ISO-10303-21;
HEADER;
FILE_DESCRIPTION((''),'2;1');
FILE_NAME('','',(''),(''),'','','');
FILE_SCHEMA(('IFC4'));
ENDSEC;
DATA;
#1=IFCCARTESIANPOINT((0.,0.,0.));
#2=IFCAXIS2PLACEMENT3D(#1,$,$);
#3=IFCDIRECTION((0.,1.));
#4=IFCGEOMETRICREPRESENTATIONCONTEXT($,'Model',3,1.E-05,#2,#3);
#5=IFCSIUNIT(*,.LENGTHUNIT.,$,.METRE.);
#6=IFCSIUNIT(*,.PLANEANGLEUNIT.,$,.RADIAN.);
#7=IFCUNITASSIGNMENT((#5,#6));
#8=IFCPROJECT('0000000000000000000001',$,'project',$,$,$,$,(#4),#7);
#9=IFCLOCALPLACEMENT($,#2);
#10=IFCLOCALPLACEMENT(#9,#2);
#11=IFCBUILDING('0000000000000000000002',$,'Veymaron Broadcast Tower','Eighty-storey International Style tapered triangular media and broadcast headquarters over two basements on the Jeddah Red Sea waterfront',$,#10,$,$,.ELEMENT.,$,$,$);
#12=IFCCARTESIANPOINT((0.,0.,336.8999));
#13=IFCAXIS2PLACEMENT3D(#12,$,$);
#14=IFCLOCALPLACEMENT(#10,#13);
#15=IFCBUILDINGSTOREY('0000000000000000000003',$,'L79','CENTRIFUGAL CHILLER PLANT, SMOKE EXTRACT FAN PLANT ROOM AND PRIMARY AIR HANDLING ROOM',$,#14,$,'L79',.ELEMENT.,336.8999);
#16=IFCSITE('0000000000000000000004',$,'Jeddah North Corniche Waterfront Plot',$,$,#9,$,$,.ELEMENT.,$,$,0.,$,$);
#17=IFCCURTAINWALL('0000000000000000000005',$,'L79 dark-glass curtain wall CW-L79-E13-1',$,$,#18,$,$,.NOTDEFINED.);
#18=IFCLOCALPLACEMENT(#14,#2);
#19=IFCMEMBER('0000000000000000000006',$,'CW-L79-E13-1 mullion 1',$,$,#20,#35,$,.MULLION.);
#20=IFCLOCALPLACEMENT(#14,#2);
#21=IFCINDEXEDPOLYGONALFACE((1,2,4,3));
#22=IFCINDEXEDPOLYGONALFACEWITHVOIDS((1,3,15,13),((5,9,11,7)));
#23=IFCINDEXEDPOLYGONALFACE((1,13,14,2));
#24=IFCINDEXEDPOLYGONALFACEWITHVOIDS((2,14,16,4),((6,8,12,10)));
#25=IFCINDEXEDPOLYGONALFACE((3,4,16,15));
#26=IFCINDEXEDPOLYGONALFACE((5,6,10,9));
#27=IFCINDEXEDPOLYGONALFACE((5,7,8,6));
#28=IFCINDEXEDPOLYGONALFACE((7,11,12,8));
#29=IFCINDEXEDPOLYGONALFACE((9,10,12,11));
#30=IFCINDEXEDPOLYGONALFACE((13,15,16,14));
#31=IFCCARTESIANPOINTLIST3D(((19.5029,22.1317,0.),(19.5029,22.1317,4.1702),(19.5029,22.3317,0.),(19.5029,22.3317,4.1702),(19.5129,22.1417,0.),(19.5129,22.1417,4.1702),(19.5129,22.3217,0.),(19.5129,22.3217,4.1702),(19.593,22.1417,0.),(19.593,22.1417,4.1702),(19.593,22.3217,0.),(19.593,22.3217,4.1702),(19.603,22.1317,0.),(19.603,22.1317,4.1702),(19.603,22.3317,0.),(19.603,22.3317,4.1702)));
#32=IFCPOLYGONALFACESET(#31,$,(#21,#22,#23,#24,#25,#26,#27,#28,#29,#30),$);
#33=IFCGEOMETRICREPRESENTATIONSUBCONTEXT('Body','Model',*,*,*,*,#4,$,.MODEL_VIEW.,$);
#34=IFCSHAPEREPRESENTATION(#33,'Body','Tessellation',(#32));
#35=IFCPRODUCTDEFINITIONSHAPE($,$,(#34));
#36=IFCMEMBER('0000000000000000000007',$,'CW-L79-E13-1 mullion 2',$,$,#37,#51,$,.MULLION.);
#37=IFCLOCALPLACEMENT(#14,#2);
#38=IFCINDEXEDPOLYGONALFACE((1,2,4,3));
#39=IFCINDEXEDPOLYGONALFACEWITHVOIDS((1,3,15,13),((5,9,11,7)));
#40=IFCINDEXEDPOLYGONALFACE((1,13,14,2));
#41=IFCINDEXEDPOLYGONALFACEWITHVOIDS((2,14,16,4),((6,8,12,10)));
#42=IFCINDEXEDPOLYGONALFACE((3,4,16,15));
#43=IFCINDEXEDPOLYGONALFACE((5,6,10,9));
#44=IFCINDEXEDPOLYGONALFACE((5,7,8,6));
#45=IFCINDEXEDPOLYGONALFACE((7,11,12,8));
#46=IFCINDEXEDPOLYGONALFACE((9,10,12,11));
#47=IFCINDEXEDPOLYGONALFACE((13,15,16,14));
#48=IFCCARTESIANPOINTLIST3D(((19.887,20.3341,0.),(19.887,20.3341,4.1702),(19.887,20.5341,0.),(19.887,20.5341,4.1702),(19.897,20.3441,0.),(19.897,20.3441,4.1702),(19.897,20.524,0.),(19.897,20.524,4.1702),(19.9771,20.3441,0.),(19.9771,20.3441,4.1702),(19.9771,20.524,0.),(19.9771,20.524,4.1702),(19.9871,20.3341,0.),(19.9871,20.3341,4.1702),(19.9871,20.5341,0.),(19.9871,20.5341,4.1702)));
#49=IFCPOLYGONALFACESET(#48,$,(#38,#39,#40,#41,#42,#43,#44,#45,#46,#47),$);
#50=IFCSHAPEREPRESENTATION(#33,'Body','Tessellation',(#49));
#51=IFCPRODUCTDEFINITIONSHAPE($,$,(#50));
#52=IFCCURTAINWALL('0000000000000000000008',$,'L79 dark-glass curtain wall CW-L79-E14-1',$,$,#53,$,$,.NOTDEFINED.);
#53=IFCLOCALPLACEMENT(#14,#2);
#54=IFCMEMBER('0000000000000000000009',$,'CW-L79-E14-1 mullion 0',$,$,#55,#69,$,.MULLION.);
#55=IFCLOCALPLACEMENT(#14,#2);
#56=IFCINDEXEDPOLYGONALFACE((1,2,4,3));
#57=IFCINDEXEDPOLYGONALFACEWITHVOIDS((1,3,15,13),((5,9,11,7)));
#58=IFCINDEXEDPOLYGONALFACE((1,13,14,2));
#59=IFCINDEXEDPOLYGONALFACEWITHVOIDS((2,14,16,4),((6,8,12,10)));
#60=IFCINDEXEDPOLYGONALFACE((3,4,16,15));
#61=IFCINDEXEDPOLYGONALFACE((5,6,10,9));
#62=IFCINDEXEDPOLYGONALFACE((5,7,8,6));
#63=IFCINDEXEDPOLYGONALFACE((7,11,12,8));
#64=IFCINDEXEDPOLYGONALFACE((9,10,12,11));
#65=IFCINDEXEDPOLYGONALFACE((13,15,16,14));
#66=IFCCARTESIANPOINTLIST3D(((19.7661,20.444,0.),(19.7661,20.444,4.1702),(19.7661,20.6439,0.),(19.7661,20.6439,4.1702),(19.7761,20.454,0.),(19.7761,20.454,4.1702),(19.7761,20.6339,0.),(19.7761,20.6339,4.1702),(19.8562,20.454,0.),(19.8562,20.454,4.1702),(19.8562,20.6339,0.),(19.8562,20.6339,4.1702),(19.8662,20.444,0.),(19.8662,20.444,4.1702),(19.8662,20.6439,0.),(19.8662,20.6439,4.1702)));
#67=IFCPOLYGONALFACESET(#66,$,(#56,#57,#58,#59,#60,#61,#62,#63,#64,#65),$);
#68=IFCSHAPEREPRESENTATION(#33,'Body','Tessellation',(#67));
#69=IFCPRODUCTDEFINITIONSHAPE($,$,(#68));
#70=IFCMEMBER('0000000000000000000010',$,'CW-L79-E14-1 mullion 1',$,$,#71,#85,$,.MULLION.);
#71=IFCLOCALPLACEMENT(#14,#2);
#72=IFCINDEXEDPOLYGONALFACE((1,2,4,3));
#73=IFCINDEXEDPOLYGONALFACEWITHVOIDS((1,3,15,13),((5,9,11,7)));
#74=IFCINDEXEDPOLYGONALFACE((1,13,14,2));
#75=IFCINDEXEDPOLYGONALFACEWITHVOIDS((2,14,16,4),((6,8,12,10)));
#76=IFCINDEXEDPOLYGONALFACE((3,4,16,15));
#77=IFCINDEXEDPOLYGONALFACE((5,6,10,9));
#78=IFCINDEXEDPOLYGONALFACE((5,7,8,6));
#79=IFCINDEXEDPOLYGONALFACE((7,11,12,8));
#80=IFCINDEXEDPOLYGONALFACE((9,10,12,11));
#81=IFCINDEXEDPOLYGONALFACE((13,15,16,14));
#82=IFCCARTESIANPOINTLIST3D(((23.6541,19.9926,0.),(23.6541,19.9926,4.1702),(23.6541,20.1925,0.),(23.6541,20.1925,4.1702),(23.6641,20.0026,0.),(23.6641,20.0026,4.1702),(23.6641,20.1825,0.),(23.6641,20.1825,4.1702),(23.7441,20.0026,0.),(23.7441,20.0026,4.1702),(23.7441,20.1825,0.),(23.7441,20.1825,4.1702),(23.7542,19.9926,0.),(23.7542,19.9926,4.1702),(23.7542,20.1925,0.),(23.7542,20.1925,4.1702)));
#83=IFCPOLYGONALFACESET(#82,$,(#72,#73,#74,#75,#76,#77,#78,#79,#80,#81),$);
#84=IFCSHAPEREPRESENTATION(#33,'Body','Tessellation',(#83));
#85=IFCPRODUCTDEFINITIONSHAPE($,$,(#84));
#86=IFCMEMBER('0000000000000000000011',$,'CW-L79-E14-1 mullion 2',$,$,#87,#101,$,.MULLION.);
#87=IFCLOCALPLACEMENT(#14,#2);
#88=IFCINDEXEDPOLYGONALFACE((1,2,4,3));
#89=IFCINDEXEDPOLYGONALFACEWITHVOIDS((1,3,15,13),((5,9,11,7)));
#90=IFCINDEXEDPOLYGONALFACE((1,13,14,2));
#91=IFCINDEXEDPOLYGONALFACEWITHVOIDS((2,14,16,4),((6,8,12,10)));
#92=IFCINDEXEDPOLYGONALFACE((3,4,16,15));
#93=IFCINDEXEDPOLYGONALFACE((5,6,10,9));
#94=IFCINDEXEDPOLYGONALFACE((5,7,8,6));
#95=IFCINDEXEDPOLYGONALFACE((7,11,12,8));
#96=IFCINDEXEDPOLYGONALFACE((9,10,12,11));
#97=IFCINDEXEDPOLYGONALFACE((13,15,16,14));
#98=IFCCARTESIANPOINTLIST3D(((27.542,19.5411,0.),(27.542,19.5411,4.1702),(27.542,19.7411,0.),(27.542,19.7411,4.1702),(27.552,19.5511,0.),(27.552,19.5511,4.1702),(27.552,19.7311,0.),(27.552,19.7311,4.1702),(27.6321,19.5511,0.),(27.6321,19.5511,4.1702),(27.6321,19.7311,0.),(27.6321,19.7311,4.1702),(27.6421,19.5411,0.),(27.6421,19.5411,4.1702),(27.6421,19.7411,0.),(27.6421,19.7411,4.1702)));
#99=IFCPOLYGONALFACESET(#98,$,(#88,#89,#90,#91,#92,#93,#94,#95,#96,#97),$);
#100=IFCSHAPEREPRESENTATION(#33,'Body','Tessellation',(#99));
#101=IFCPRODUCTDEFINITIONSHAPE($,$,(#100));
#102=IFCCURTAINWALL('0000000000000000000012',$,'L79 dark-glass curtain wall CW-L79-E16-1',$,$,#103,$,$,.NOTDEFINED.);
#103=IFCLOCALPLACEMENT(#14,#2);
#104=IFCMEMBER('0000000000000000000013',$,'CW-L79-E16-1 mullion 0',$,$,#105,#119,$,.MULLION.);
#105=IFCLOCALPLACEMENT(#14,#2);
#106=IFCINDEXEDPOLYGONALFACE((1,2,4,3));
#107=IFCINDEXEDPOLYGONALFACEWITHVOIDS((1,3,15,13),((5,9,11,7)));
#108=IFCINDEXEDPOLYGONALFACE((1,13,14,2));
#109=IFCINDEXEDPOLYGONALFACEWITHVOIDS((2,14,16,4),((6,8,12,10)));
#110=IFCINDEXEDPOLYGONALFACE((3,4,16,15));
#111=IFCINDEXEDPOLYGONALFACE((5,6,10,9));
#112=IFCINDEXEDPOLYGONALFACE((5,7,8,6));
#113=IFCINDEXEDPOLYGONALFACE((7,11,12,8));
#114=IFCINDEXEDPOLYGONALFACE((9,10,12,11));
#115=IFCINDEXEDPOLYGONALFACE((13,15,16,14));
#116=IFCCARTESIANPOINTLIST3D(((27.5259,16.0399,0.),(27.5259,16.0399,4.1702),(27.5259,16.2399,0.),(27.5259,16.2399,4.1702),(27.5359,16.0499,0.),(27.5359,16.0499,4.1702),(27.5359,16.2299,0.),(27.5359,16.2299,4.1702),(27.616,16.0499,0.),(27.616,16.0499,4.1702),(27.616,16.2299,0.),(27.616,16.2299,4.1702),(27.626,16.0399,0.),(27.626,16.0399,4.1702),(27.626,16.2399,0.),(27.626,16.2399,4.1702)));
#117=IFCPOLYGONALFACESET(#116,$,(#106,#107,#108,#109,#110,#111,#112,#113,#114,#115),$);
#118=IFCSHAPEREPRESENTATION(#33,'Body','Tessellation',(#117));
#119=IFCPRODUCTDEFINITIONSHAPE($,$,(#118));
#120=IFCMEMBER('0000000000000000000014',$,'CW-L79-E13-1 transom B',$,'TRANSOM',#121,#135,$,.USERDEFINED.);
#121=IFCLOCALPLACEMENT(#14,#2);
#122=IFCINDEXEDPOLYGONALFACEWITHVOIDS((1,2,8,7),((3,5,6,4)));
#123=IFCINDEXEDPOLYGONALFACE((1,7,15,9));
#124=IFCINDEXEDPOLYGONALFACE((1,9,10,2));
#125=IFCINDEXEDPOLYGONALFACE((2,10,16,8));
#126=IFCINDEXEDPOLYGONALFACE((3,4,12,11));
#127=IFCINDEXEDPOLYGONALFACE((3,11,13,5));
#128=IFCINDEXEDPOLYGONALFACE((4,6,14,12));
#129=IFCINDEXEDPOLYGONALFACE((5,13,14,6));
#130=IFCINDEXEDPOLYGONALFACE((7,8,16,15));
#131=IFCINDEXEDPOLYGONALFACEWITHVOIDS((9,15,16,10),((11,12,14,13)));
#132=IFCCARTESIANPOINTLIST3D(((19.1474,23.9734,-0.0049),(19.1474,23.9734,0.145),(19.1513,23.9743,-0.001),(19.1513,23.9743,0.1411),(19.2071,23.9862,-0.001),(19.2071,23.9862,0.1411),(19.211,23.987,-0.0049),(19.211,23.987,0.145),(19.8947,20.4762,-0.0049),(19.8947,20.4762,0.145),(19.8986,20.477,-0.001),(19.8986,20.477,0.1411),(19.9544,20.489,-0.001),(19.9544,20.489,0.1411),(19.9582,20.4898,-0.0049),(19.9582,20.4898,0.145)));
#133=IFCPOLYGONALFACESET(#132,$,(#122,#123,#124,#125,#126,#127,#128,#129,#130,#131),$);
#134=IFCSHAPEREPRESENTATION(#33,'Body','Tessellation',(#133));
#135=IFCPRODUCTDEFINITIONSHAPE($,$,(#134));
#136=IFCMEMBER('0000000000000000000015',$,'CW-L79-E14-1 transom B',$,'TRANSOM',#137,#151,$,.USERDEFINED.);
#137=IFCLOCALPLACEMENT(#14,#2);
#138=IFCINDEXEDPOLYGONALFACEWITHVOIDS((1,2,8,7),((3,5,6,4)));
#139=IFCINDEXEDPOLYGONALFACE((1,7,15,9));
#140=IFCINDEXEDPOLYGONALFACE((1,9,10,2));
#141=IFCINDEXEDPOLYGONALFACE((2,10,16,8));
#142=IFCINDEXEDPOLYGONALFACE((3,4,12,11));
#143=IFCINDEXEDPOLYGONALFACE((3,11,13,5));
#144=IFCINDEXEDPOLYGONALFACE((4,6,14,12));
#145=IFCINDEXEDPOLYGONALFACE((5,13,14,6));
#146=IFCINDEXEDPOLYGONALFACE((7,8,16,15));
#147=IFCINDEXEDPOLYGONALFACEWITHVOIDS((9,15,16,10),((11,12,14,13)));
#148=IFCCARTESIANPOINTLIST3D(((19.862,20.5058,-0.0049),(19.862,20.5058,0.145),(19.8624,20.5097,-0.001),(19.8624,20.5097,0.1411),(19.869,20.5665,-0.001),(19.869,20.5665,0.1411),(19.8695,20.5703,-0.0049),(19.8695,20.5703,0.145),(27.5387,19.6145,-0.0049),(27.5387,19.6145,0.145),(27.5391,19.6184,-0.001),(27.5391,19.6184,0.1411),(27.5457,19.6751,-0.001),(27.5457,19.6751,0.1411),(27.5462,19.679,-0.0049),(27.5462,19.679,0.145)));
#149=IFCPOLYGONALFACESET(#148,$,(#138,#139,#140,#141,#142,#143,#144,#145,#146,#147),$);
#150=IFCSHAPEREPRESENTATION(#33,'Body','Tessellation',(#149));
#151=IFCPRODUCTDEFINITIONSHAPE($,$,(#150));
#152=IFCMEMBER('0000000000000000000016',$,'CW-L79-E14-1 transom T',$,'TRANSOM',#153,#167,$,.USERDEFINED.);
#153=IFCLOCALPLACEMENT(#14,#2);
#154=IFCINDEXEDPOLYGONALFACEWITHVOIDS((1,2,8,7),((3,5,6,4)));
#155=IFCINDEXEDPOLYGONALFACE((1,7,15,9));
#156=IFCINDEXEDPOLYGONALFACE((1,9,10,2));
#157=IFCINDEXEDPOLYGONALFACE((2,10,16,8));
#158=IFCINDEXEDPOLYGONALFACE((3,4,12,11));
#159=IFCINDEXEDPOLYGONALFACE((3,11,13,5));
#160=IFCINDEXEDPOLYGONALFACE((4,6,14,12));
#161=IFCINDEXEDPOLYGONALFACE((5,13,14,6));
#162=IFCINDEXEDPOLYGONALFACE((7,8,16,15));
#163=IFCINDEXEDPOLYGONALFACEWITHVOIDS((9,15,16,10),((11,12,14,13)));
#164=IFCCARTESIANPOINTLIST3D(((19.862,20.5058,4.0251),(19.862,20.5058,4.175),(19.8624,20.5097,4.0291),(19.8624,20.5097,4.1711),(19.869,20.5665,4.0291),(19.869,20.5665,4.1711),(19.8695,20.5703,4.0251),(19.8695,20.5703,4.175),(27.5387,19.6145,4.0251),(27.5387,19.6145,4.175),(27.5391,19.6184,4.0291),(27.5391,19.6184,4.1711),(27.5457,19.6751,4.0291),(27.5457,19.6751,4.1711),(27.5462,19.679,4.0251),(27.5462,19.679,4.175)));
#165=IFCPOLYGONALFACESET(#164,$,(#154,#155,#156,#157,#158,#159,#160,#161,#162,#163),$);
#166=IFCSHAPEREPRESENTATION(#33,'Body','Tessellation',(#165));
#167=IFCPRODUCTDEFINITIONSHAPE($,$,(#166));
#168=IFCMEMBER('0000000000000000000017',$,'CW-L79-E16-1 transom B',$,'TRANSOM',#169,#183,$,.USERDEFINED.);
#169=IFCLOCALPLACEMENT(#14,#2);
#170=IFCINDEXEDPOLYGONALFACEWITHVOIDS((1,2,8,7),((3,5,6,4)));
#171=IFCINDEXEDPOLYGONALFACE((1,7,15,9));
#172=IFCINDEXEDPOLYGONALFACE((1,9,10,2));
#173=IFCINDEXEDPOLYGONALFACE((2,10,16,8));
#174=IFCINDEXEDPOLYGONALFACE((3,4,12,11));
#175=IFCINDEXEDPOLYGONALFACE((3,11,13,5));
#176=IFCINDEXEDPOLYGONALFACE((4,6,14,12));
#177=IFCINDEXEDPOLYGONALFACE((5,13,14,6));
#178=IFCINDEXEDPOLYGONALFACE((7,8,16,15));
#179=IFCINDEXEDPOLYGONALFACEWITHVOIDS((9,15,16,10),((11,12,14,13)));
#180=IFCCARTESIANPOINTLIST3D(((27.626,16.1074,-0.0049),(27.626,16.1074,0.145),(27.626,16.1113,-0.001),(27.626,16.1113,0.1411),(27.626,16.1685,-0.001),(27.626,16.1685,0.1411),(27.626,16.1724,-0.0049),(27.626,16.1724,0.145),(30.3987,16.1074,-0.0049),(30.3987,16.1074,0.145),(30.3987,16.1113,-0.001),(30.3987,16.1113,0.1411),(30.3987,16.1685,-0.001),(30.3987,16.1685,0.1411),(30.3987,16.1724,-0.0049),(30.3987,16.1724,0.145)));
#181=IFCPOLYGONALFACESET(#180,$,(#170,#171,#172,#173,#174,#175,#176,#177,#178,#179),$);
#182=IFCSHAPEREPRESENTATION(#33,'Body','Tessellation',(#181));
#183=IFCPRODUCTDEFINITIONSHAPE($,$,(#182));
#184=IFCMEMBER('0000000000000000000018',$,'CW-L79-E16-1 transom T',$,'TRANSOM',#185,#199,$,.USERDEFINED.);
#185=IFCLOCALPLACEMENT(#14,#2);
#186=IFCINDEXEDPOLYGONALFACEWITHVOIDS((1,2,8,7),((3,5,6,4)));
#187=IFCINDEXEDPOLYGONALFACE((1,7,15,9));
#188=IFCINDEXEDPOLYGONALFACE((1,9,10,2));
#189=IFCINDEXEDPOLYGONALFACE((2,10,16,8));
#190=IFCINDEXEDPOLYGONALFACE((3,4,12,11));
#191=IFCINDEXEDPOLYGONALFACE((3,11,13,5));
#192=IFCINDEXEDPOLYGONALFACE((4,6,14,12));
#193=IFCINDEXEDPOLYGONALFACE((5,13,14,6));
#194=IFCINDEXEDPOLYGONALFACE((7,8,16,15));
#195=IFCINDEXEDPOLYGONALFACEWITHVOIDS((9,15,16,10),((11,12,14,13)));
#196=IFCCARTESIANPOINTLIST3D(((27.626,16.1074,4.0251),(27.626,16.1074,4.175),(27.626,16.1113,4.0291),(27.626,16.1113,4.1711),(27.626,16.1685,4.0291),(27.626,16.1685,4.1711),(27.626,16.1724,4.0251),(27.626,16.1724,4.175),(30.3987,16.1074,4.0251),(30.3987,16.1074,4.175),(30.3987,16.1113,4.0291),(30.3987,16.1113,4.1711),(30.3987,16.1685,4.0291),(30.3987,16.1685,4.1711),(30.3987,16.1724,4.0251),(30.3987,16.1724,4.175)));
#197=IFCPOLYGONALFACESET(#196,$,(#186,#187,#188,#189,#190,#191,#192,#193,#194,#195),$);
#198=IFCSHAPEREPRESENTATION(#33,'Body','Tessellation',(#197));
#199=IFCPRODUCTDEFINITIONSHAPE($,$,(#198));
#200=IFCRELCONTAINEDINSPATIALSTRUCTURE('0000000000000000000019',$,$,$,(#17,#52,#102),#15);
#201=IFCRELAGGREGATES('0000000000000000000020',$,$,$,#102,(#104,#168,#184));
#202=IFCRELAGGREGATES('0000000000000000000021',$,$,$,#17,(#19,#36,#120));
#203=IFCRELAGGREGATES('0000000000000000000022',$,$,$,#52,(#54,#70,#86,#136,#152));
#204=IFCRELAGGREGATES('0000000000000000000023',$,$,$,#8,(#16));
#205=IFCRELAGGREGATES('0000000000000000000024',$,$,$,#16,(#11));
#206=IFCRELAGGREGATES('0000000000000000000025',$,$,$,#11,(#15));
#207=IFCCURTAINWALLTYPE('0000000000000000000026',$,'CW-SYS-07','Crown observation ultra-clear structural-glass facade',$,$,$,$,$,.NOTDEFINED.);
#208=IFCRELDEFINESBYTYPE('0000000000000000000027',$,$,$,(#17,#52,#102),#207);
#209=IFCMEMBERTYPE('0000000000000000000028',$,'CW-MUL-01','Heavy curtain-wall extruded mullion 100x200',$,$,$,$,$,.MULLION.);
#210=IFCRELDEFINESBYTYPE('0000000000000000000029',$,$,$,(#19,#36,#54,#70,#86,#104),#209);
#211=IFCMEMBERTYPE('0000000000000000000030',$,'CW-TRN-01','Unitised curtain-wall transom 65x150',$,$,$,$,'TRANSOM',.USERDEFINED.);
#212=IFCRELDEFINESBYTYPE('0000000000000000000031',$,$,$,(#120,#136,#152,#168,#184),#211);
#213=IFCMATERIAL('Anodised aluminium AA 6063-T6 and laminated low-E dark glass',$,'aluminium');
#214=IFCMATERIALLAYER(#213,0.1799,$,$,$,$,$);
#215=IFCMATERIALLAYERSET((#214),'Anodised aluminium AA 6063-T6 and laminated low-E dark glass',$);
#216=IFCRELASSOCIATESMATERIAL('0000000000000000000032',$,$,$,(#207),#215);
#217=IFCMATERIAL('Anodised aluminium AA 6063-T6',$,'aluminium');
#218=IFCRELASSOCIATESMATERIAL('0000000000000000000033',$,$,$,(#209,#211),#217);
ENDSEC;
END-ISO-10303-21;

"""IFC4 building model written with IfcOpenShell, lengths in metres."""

from ifc_helpers import new_model, si_unit, direction, frame, origin, origin_2d, place, context, subcontext, project, spatial, hollow_rectangle, extrude, material, layer, layer_set, material_profile, profile_set, type_object, element, aggregate, save


model = new_model("IFC4")

# Units and contexts
model_context = context("Model", 3, precision=1e-05, world=origin(), true_north=direction((0.0, 1.0)))
body_context = subcontext(model_context, "Body", "Model", "MODEL_VIEW")
ifc_project = project(units=[si_unit("LENGTHUNIT", "METRE"), si_unit("PLANEANGLEUNIT", "RADIAN")], contexts=[model_context])

# Site, building, storey
site_placement = place(None, origin())
site = spatial("IfcSite", under=ifc_project, at=site_placement, Name="Jeddah North Corniche Waterfront Plot", CompositionType="ELEMENT", RefElevation=0.0)
building_placement = place(site_placement, origin())
building = spatial("IfcBuilding", under=site, at=building_placement, Name="Veymaron Broadcast Tower", Description="Eighty-storey International Style tapered triangular media and broadcast headquarters over two basements on the Jeddah Red Sea waterfront", CompositionType="ELEMENT")
storey_placement = place(building_placement, frame((0.0, 0.0, 336.8999)))
storey = spatial("IfcBuildingStorey", under=building, at=storey_placement, Name="L79", Description="CENTRIFUGAL CHILLER PLANT, SMOKE EXTRACT FAN PLANT ROOM AND PRIMARY AIR HANDLING ROOM", LongName="L79", CompositionType="ELEMENT", Elevation=336.8999)

# Shared definitions
ifc_material_1 = material(Name="Anodised aluminium AA 6063-T6 and laminated low-E dark glass", Category="aluminium")
ifc_layer_1 = layer(ifc_material_1, 0.1799)
ifc_layer_set_1 = layer_set([ifc_layer_1], Name="Anodised aluminium AA 6063-T6 and laminated low-E dark glass")
curtain_wall_type = type_object("IfcCurtainWallType", Name="CW-SYS-07", Description="Crown observation ultra-clear structural-glass facade", PredefinedType="NOTDEFINED", material=ifc_layer_set_1)
ifc_material_2 = material(Name="Anodised aluminium AA 6063-T6", Category="aluminium")
ifc_material_profile_1 = material_profile(ifc_material_2, hollow_rectangle(XDim=0.1001, YDim=0.2, WallThickness=0.01, at=origin_2d()), Name="RHS200X100X10")
ifc_profile_set_1 = profile_set([ifc_material_profile_1], Name="Anodised aluminium AA 6063-T6")
member_type_1 = type_object("IfcMemberType", Name="CW-MUL-01", Description="Heavy curtain-wall extruded mullion 100x200", PredefinedType="MULLION", material=ifc_profile_set_1)

# Curtain walls, members
curtain_wall_1_placement = place(storey_placement, origin())
curtain_wall_1 = element("IfcCurtainWall", 1, at=curtain_wall_1_placement, inside=storey, type_object=curtain_wall_type, Name="L79 dark-glass curtain wall CW-L79-E13-1", PredefinedType="NOTDEFINED")
member_1_placement = place(storey_placement, frame((19.553, 22.2317, 0.0), z_axis=(0.0, 0.0, 1.0), x_axis=(1.0, 0.0, 0.0)))
member_1 = element("IfcMember", 2, at=member_1_placement, type_object=member_type_1, Name="CW-L79-E13-1 mullion 1", PredefinedType="MULLION", context=body_context, shape_type="SweptSolid", body=[
    extrude(hollow_rectangle(XDim=0.1001, YDim=0.2, WallThickness=0.01, at=origin_2d()), origin(), (0.0, 0.0, 1.0), 4.1702),
])
member_2_placement = place(storey_placement, frame((19.937, 20.4341, 0.0), z_axis=(0.0, 0.0, 1.0), x_axis=(1.0, 0.0, 0.0)))
member_2 = element("IfcMember", 3, at=member_2_placement, type_object=member_type_1, Name="CW-L79-E13-1 mullion 2", PredefinedType="MULLION", context=body_context, shape_type="SweptSolid", body=[
    extrude(hollow_rectangle(XDim=0.1001, YDim=0.2, WallThickness=0.01, at=origin_2d()), origin(), (0.0, 0.0, 1.0), 4.1702),
])
curtain_wall_2_placement = place(storey_placement, origin())
curtain_wall_2 = element("IfcCurtainWall", 4, at=curtain_wall_2_placement, inside=storey, type_object=curtain_wall_type, Name="L79 dark-glass curtain wall CW-L79-E14-1", PredefinedType="NOTDEFINED")
member_3_placement = place(storey_placement, frame((19.8162, 20.5439, 0.0), z_axis=(0.0, 0.0, 1.0), x_axis=(1.0, 0.0, 0.0)))
member_3 = element("IfcMember", 5, at=member_3_placement, type_object=member_type_1, Name="CW-L79-E14-1 mullion 0", PredefinedType="MULLION", context=body_context, shape_type="SweptSolid", body=[
    extrude(hollow_rectangle(XDim=0.1001, YDim=0.2, WallThickness=0.01, at=origin_2d()), origin(), (0.0, 0.0, 1.0), 4.1702),
])
member_4_placement = place(storey_placement, frame((23.7041, 20.0925, 0.0), z_axis=(0.0, 0.0, 1.0), x_axis=(1.0, 0.0, 0.0)))
member_4 = element("IfcMember", 6, at=member_4_placement, type_object=member_type_1, Name="CW-L79-E14-1 mullion 1", PredefinedType="MULLION", context=body_context, shape_type="SweptSolid", body=[
    extrude(hollow_rectangle(XDim=0.1001, YDim=0.2, WallThickness=0.01, at=origin_2d()), origin(), (0.0, 0.0, 1.0), 4.1702),
])
member_5_placement = place(storey_placement, frame((27.592, 19.6411, 0.0), z_axis=(0.0, 0.0, 1.0), x_axis=(1.0, 0.0, 0.0)))
member_5 = element("IfcMember", 7, at=member_5_placement, type_object=member_type_1, Name="CW-L79-E14-1 mullion 2", PredefinedType="MULLION", context=body_context, shape_type="SweptSolid", body=[
    extrude(hollow_rectangle(XDim=0.1001, YDim=0.2, WallThickness=0.01, at=origin_2d()), origin(), (0.0, 0.0, 1.0), 4.1702),
])

# Curtain wall, member
curtain_wall_3_placement = place(storey_placement, origin())
curtain_wall_3 = element("IfcCurtainWall", 8, at=curtain_wall_3_placement, inside=storey, type_object=curtain_wall_type, Name="L79 dark-glass curtain wall CW-L79-E16-1", PredefinedType="NOTDEFINED")
member_6_placement = place(storey_placement, frame((27.5759, 16.1399, 0.0), z_axis=(0.0, 0.0, 1.0), x_axis=(1.0, 0.0, 0.0)))
member_6 = element("IfcMember", 9, at=member_6_placement, type_object=member_type_1, Name="CW-L79-E16-1 mullion 0", PredefinedType="MULLION", context=body_context, shape_type="SweptSolid", body=[
    extrude(hollow_rectangle(XDim=0.1001, YDim=0.2, WallThickness=0.01, at=origin_2d()), origin(), (0.0, 0.0, 1.0), 4.1702),
])

# Members
ifc_material_profile_2 = material_profile(ifc_material_2, hollow_rectangle(XDim=0.0649, YDim=0.1499, WallThickness=0.0039, at=origin_2d()), Name="AL150X65X4")
ifc_profile_set_2 = profile_set([ifc_material_profile_2], Name="Anodised aluminium AA 6063-T6")
member_type_2 = type_object("IfcMemberType", Name="CW-TRN-01", Description="Unitised curtain-wall transom 65x150", ElementType="TRANSOM", PredefinedType="USERDEFINED", material=ifc_profile_set_2)
member_7_placement = place(storey_placement, frame((19.1792, 23.9802, 0.0701), z_axis=(0.208965, -0.977923, 0.0), x_axis=(0.977923, 0.208965, 0.0)))
member_7 = element("IfcMember", 10, at=member_7_placement, type_object=member_type_2, Name="CW-L79-E13-1 transom B", ObjectType="TRANSOM", PredefinedType="USERDEFINED", context=body_context, shape_type="SweptSolid", body=[
    extrude(hollow_rectangle(XDim=0.0649, YDim=0.1499, WallThickness=0.0039, at=origin_2d()), origin(), (0.0, 0.0, 1.0), 3.5762),
])
member_8_placement = place(storey_placement, frame((19.8657, 20.5381, 0.0701), z_axis=(0.993326, -0.115336, 0.0), x_axis=(0.115336, 0.993326, 0.0)))
member_8 = element("IfcMember", 11, at=member_8_placement, type_object=member_type_2, Name="CW-L79-E14-1 transom B", ObjectType="TRANSOM", PredefinedType="USERDEFINED", context=body_context, shape_type="SweptSolid", body=[
    extrude(hollow_rectangle(XDim=0.0649, YDim=0.1499, WallThickness=0.0039, at=origin_2d()), origin(), (0.0, 0.0, 1.0), 7.7283),
])
member_9_placement = place(storey_placement, frame((19.8657, 20.5381, 4.1001), z_axis=(0.993326, -0.115336, 0.0), x_axis=(0.115336, 0.993326, 0.0)))
member_9 = element("IfcMember", 12, at=member_9_placement, type_object=member_type_2, Name="CW-L79-E14-1 transom T", ObjectType="TRANSOM", PredefinedType="USERDEFINED", context=body_context, shape_type="SweptSolid", body=[
    extrude(hollow_rectangle(XDim=0.0649, YDim=0.1499, WallThickness=0.0039, at=origin_2d()), origin(), (0.0, 0.0, 1.0), 7.7283),
])
member_10_placement = place(storey_placement, frame((27.626, 16.1399, 0.0701), z_axis=(1.0, 0.0, 0.0), x_axis=(0.0, 1.0, 0.0)))
member_10 = element("IfcMember", 13, at=member_10_placement, type_object=member_type_2, Name="CW-L79-E16-1 transom B", ObjectType="TRANSOM", PredefinedType="USERDEFINED", context=body_context, shape_type="SweptSolid", body=[
    extrude(hollow_rectangle(XDim=0.0649, YDim=0.1499, WallThickness=0.0039, at=origin_2d()), origin(), (0.0, 0.0, 1.0), 2.7727),
])
member_11_placement = place(storey_placement, frame((27.626, 16.1399, 4.1001), z_axis=(1.0, 0.0, 0.0), x_axis=(0.0, 1.0, 0.0)))
member_11 = element("IfcMember", 14, at=member_11_placement, type_object=member_type_2, Name="CW-L79-E16-1 transom T", ObjectType="TRANSOM", PredefinedType="USERDEFINED", context=body_context, shape_type="SweptSolid", body=[
    extrude(hollow_rectangle(XDim=0.0649, YDim=0.1499, WallThickness=0.0039, at=origin_2d()), origin(), (0.0, 0.0, 1.0), 2.7727),
])
aggregate(curtain_wall_3, [member_6, member_10, member_11])

aggregate(curtain_wall_1, [member_1, member_2, member_7])
aggregate(curtain_wall_2, [member_3, member_4, member_5, member_8, member_9])

save(model, "model.ifc")
